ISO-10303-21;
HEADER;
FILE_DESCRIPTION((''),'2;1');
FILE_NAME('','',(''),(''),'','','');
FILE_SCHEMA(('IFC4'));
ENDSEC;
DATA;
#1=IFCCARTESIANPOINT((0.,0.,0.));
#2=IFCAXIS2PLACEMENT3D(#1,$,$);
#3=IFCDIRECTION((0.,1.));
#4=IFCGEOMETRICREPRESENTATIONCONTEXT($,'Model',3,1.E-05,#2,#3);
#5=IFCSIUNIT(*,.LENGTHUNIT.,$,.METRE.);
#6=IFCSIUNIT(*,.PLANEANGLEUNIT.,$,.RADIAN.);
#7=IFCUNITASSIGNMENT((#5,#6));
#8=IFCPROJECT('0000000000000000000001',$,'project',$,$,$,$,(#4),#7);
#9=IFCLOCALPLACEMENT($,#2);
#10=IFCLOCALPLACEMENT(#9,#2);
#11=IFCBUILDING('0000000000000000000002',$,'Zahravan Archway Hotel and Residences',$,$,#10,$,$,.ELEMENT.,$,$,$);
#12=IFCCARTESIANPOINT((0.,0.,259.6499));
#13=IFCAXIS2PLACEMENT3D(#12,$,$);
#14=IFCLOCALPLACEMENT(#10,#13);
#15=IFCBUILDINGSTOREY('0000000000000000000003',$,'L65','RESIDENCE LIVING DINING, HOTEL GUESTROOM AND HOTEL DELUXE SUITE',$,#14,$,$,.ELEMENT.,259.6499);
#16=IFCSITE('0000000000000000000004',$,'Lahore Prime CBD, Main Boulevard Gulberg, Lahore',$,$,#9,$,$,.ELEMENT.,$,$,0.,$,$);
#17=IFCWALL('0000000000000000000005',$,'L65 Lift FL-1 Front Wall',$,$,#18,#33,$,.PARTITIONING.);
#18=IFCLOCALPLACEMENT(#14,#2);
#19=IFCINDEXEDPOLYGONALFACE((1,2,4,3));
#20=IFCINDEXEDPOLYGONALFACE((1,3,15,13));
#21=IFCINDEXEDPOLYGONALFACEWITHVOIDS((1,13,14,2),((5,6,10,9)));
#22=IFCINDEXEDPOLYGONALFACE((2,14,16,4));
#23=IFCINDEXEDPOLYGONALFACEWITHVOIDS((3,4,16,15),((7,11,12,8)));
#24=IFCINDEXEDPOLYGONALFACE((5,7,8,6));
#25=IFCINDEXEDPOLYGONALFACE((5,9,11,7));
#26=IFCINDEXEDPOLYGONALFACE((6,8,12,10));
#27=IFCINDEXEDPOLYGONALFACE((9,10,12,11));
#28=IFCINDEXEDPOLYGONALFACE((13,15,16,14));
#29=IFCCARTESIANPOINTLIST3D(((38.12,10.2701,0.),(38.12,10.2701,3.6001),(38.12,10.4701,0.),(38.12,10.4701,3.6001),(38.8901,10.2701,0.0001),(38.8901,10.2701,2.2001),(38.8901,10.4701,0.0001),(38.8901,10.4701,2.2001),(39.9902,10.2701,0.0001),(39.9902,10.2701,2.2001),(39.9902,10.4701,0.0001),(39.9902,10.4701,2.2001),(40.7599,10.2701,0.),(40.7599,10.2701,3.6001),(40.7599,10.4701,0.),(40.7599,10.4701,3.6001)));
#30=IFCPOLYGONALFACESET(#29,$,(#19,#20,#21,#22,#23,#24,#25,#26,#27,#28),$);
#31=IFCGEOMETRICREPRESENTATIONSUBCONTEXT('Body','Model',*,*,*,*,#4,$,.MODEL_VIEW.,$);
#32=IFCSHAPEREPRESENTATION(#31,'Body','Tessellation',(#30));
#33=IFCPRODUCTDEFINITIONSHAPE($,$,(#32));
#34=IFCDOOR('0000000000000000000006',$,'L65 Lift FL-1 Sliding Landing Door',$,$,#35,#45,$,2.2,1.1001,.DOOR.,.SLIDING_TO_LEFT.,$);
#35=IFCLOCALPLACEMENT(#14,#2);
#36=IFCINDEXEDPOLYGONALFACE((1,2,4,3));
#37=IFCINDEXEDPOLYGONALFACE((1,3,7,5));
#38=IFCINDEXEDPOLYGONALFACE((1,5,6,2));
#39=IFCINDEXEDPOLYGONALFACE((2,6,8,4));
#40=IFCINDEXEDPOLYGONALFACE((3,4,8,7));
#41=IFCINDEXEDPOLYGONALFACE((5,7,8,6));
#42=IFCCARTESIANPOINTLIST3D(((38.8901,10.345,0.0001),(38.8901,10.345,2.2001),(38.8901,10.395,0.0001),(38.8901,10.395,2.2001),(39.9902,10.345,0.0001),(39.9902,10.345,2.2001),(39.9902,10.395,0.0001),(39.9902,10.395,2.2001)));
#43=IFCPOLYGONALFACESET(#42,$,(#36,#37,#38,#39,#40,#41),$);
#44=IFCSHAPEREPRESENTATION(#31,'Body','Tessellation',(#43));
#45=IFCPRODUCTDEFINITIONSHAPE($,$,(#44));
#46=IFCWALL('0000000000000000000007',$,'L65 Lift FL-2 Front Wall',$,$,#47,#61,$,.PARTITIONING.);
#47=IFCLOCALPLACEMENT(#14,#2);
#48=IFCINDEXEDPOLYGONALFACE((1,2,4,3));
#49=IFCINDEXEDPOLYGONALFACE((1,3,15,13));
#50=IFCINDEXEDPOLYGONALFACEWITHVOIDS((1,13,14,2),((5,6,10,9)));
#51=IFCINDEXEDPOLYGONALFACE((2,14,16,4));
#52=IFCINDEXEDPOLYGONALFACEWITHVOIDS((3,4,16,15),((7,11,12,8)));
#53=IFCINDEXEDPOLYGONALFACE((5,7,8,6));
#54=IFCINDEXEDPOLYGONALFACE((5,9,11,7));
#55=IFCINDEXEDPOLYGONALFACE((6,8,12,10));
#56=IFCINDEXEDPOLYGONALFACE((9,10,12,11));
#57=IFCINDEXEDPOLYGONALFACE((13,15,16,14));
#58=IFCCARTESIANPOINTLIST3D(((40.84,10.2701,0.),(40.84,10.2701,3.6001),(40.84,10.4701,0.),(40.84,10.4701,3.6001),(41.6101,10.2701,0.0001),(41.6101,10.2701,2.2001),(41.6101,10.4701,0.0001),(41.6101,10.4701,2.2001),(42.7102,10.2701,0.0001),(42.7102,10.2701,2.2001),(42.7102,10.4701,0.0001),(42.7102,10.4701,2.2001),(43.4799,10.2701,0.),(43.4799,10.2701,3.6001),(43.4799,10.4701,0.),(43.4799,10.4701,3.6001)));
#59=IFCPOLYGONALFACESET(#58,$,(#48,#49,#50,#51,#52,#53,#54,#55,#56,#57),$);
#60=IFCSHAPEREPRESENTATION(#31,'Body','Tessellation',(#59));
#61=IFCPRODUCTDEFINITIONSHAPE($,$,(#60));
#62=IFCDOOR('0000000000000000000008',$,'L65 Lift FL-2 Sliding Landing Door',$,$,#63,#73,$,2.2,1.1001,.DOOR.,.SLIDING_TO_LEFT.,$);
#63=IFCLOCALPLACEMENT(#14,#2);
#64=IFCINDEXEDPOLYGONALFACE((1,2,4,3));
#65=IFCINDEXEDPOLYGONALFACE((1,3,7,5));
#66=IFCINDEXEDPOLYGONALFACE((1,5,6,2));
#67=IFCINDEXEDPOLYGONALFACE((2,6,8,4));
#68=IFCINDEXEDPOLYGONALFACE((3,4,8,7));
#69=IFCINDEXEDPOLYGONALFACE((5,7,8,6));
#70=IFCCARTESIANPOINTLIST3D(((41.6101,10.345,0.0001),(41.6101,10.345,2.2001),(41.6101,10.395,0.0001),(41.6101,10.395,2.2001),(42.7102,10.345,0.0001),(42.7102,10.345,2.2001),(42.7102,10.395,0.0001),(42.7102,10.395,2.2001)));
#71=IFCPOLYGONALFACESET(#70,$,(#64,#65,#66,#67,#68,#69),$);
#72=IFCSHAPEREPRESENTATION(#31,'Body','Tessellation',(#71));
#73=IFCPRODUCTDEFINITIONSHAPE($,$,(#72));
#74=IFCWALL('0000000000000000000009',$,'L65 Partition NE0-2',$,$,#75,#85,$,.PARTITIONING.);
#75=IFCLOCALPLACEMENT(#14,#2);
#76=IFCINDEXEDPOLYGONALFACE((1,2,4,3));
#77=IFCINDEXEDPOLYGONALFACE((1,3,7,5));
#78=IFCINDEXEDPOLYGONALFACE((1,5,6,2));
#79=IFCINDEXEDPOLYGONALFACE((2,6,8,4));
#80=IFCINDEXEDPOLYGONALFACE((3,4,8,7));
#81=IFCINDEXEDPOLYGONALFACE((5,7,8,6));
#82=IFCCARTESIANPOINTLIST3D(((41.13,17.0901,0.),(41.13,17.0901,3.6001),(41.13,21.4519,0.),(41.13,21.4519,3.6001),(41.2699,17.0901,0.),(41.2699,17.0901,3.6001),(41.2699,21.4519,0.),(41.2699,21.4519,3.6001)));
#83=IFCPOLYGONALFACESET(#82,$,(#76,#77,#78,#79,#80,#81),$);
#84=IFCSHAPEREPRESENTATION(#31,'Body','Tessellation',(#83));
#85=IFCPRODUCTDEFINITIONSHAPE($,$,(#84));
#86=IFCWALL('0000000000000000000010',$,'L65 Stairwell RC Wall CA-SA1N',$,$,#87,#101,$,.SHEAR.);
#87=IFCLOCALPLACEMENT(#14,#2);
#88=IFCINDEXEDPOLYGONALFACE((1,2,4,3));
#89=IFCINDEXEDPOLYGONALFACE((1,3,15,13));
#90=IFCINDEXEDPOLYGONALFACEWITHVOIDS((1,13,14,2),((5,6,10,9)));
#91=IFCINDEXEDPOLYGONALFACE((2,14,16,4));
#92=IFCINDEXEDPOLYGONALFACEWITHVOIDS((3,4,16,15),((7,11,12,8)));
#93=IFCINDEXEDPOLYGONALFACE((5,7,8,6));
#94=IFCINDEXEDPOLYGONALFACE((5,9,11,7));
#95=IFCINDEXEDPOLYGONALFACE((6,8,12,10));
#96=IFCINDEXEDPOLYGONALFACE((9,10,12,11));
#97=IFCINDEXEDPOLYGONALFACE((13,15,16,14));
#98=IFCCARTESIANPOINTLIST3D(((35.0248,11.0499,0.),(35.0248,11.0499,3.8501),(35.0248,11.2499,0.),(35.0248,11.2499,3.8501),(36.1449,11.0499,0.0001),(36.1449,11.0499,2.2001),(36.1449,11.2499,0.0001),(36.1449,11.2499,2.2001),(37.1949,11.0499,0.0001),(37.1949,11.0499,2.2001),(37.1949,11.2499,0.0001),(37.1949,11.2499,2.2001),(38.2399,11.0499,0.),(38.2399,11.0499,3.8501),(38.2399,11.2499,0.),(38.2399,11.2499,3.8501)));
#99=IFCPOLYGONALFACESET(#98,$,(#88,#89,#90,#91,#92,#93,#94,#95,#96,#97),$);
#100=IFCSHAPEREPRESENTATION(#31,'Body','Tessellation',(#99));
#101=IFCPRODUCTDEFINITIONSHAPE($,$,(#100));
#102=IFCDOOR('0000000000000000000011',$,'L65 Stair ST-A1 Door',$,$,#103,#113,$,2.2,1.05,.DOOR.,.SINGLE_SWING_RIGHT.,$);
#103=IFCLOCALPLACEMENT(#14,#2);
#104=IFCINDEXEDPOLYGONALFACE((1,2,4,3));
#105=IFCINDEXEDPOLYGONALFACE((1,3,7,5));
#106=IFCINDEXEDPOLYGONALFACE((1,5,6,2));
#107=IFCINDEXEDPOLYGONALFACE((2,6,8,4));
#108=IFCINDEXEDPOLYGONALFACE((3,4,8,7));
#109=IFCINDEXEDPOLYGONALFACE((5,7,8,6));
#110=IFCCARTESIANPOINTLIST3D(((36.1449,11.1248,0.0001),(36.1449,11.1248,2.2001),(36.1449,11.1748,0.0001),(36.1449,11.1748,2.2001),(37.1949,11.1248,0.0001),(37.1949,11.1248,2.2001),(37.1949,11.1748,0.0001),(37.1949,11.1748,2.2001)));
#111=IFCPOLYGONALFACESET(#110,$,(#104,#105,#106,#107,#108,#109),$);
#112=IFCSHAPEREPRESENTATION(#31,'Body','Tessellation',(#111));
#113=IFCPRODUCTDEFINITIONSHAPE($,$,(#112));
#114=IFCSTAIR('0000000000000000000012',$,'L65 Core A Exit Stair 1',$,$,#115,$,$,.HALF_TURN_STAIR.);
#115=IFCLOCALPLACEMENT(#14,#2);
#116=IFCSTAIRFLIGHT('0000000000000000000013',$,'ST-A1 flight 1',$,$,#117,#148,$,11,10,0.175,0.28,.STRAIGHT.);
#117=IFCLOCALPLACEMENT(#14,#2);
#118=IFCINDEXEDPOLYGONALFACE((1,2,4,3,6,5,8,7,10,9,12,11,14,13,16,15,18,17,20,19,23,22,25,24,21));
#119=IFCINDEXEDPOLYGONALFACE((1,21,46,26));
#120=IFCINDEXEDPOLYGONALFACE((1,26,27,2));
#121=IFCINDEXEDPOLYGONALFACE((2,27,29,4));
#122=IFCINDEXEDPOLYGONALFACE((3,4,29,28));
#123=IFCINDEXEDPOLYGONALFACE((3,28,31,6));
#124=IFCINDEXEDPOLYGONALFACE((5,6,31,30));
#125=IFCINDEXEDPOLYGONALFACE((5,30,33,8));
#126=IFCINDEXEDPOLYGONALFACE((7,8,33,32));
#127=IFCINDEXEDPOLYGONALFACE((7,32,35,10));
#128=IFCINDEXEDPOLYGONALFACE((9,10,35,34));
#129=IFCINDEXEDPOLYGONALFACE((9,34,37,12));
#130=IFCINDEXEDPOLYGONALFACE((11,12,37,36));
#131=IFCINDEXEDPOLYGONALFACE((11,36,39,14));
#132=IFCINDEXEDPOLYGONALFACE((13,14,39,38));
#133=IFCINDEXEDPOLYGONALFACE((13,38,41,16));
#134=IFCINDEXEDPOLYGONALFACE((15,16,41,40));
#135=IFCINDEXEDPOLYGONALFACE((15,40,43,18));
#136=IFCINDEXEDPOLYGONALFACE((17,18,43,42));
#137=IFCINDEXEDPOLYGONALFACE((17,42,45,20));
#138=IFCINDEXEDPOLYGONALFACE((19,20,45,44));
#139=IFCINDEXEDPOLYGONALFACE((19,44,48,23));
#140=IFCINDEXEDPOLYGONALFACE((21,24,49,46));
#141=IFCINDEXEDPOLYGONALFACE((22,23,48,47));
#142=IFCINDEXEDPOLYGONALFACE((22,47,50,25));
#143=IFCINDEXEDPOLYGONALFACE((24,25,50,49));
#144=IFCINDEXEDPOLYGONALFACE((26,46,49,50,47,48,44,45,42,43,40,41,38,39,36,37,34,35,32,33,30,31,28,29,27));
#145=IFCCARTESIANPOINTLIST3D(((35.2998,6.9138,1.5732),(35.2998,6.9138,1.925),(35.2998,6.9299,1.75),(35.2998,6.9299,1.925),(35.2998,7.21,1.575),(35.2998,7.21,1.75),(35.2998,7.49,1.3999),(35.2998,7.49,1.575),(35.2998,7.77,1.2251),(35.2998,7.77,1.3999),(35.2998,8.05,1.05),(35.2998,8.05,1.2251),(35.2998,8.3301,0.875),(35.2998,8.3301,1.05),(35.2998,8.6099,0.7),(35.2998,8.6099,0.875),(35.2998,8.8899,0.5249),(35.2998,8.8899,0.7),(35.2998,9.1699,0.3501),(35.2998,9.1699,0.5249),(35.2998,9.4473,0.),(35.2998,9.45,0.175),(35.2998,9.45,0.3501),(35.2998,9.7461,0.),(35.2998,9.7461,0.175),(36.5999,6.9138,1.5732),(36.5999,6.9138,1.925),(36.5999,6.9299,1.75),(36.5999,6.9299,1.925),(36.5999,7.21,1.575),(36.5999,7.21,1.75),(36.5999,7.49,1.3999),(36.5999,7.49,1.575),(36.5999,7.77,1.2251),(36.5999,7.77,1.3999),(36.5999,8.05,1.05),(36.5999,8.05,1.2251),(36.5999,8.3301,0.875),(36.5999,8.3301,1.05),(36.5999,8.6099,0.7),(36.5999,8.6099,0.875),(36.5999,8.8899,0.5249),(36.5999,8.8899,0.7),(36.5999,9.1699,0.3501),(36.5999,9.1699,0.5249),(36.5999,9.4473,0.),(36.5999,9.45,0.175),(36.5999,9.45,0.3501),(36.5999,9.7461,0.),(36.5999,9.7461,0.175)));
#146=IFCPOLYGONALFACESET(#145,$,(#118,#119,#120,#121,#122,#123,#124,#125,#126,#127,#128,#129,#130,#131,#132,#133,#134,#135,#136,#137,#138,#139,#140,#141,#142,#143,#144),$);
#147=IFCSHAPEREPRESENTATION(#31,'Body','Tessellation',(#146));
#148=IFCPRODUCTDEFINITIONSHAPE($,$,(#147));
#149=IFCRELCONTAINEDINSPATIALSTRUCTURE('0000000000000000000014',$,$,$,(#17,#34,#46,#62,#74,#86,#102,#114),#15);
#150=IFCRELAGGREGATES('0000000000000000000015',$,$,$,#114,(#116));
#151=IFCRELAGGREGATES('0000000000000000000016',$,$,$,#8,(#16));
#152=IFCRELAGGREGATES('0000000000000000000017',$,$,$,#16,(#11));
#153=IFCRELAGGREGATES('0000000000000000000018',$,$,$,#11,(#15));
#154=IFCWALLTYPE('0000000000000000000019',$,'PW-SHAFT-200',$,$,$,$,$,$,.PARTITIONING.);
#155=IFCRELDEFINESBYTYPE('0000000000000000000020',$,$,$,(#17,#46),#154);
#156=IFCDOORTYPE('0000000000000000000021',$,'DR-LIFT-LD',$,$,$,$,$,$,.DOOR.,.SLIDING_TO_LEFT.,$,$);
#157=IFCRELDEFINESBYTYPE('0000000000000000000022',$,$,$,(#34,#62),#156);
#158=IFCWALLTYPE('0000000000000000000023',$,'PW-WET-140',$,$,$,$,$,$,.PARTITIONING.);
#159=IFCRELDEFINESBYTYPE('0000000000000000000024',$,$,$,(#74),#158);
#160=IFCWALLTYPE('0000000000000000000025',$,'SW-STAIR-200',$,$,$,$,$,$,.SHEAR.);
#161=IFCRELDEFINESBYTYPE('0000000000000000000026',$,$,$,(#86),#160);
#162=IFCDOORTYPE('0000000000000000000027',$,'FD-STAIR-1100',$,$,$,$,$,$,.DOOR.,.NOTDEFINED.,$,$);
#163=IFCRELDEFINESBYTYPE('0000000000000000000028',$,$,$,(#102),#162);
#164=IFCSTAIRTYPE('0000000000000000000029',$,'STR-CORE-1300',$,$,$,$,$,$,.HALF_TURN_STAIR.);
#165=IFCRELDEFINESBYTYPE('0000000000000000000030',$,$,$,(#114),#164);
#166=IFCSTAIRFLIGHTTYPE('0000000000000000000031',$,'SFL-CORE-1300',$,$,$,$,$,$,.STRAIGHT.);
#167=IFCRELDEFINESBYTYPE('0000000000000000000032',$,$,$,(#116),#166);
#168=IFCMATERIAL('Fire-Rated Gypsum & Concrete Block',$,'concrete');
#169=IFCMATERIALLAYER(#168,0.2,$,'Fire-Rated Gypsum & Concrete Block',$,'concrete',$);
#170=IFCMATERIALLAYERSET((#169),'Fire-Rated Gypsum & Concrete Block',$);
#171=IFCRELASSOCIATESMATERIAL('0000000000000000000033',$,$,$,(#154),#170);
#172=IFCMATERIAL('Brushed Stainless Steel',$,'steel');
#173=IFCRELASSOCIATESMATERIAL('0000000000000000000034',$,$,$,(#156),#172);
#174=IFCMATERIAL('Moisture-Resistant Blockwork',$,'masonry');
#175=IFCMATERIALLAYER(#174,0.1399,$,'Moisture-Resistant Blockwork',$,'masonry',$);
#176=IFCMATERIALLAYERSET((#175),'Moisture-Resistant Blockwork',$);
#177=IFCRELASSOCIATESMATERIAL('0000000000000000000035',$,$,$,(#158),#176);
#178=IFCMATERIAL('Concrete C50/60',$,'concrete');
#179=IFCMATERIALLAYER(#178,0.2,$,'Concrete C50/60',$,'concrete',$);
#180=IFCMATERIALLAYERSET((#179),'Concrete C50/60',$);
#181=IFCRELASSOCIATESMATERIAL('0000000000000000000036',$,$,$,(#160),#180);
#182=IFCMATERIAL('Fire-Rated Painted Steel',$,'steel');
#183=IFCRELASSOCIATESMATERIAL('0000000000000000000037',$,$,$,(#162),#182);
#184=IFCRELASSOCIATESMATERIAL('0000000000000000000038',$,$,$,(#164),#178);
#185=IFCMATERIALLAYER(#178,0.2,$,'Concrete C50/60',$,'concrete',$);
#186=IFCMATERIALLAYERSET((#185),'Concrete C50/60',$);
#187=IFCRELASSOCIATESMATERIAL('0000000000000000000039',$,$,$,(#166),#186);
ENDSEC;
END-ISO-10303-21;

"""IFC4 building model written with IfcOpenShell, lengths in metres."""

from ifc_helpers import new_model, si_unit, direction, frame, frame_2d, origin, place, context, subcontext, project, spatial, polyline, rectangle, outline, extrude, source, transform, mapped, material, layer, layer_set, type_object, type_shapes, element, fill, aggregate, save


model = new_model("IFC4")

# Units and contexts
model_context = context("Model", 3, precision=1e-05, world=origin(), true_north=direction((0.0, 1.0)))
body_context = subcontext(model_context, "Body", "Model", "MODEL_VIEW")
ifc_project = project(units=[si_unit("LENGTHUNIT", "METRE"), si_unit("PLANEANGLEUNIT", "RADIAN")], contexts=[model_context])

# Site, building, storey
site_placement = place(None, origin())
site = spatial("IfcSite", under=ifc_project, at=site_placement, Name="Lahore Prime CBD, Main Boulevard Gulberg, Lahore", CompositionType="ELEMENT", RefElevation=0.0)
building_placement = place(site_placement, origin())
building = spatial("IfcBuilding", under=site, at=building_placement, Name="Zahravan Archway Hotel and Residences", CompositionType="ELEMENT")
storey_placement = place(building_placement, frame((0.0, 0.0, 259.6499)))
storey = spatial("IfcBuildingStorey", under=building, at=storey_placement, Name="L65", Description="RESIDENCE LIVING DINING, HOTEL GUESTROOM AND HOTEL DELUXE SUITE", CompositionType="ELEMENT", Elevation=259.6499)

# Shared definitions
ifc_material_1 = material(Name="Concrete C50/60", Category="concrete")

# Shared definitions
ifc_material_2 = material(Name="Fire-Rated Painted Steel", Category="steel")

# Shared definitions
ifc_material_3 = material(Name="Fire-Rated Gypsum & Concrete Block", Category="concrete")

# Shared definitions
ifc_layer_1 = layer(ifc_material_3, 0.2, Name="Fire-Rated Gypsum & Concrete Block", Category="concrete")
ifc_layer_set_1 = layer_set([ifc_layer_1], Name="Fire-Rated Gypsum & Concrete Block")
wall_type_1 = type_object("IfcWallType", Name="PW-SHAFT-200", PredefinedType="PARTITIONING", material=ifc_layer_set_1)

# Walls, openings, doors
wall_1_placement = place(storey_placement, frame((38.1201, 10.3701, 0.0), z_axis=(0.0, 0.0, 1.0), x_axis=(1.0, 0.0, 0.0)))
wall_1 = element("IfcWall", 1, at=wall_1_placement, inside=storey, type_object=wall_type_1, Name="L65 Lift FL-1 Front Wall", PredefinedType="PARTITIONING", context=body_context, shape_type="SweptSolid", body=[
    extrude(rectangle(XDim=2.6399, YDim=0.2, at=frame_2d((1.3198, 0.0))), origin(), (0.0, 0.0, 1.0), 3.6001),
])
opening_1_placement = place(wall_1_placement, frame((0.77, 0.0, 0.0)))
opening_1 = element("IfcOpeningElement", 2, at=opening_1_placement, cuts=wall_1, PredefinedType="OPENING", context=body_context, shape_type="SweptSolid", body=[
    extrude(rectangle(XDim=1.1001, YDim=2.2, at=frame_2d((0.55, 1.1001))), frame((0.0, 0.1099, 0.0), z_axis=(0.0, -1.0, 0.0), x_axis=(1.0, 0.0, 0.0)), (0.0, 0.0, 1.0), 0.22),
])
ifc_material_4 = material(Name="Brushed Stainless Steel", Category="steel")
door_type_1 = type_object("IfcDoorType", Name="DR-LIFT-LD", OperationType="SLIDING_TO_LEFT", PredefinedType="DOOR", material=ifc_material_4)
shared_shape_1 = source(origin(), body_context, "Body", "SweptSolid", [
    extrude(rectangle(XDim=1.1001, YDim=2.2, at=frame_2d((0.55, 1.1001))), frame((0.0, 0.0249, 0.0), z_axis=(0.0, -1.0, 0.0), x_axis=(1.0, 0.0, 0.0)), (0.0, 0.0, 1.0), 0.05),
])
type_shapes(door_type_1, [shared_shape_1])
door_1_placement = place(opening_1_placement, origin())
door_1 = element("IfcDoor", 3, at=door_1_placement, inside=storey, type_object=door_type_1, Name="L65 Lift FL-1 Sliding Landing Door", OperationType="SLIDING_TO_LEFT", OverallHeight=2.2, OverallWidth=1.1001, PredefinedType="DOOR", context=body_context, shape_type="MappedRepresentation", body=[
    mapped(shared_shape_1, transform((0.0, 0.0, 0.0), scale=1.0)),
])
fill(opening_1, door_1)
wall_2_placement = place(storey_placement, frame((40.8401, 10.3701, 0.0), z_axis=(0.0, 0.0, 1.0), x_axis=(1.0, 0.0, 0.0)))
wall_2 = element("IfcWall", 4, at=wall_2_placement, inside=storey, type_object=wall_type_1, Name="L65 Lift FL-2 Front Wall", PredefinedType="PARTITIONING", context=body_context, shape_type="SweptSolid", body=[
    extrude(rectangle(XDim=2.6399, YDim=0.2, at=frame_2d((1.3198, 0.0))), origin(), (0.0, 0.0, 1.0), 3.6001),
])
opening_2_placement = place(wall_2_placement, frame((0.77, 0.0, 0.0)))
opening_2 = element("IfcOpeningElement", 5, at=opening_2_placement, cuts=wall_2, PredefinedType="OPENING", context=body_context, shape_type="SweptSolid", body=[
    extrude(rectangle(XDim=1.1001, YDim=2.2, at=frame_2d((0.55, 1.1001))), frame((0.0, 0.1099, 0.0), z_axis=(0.0, -1.0, 0.0), x_axis=(1.0, 0.0, 0.0)), (0.0, 0.0, 1.0), 0.22),
])
door_2_placement = place(opening_2_placement, origin())
door_2 = element("IfcDoor", 6, at=door_2_placement, inside=storey, type_object=door_type_1, Name="L65 Lift FL-2 Sliding Landing Door", OperationType="SLIDING_TO_LEFT", OverallHeight=2.2, OverallWidth=1.1001, PredefinedType="DOOR", context=body_context, shape_type="MappedRepresentation", body=[
    mapped(shared_shape_1, transform((0.0, 0.0, 0.0), scale=1.0)),
])
fill(opening_2, door_2)

# Wall
ifc_material_5 = material(Name="Moisture-Resistant Blockwork", Category="masonry")
ifc_layer_2 = layer(ifc_material_5, 0.1399, Name="Moisture-Resistant Blockwork", Category="masonry")
ifc_layer_set_2 = layer_set([ifc_layer_2], Name="Moisture-Resistant Blockwork")
wall_type_2 = type_object("IfcWallType", Name="PW-WET-140", PredefinedType="PARTITIONING", material=ifc_layer_set_2)
wall_3_placement = place(storey_placement, frame((41.2, 17.0901, 0.0), z_axis=(0.0, 0.0, 1.0), x_axis=(0.0, 1.0, 0.0)))
element("IfcWall", 7, at=wall_3_placement, inside=storey, type_object=wall_type_2, Name="L65 Partition NE0-2", PredefinedType="PARTITIONING", context=body_context, shape_type="SweptSolid", body=[
    extrude(rectangle(XDim=4.3618, YDim=0.1399, at=frame_2d((2.1809, 0.0))), origin(), (0.0, 0.0, 1.0), 3.6001),
])

# Wall, opening, door
ifc_layer_3 = layer(ifc_material_1, 0.2, Name="Concrete C50/60", Category="concrete")
ifc_layer_set_3 = layer_set([ifc_layer_3], Name="Concrete C50/60")
wall_type_3 = type_object("IfcWallType", Name="SW-STAIR-200", PredefinedType="SHEAR", material=ifc_layer_set_3)
wall_4_placement = place(storey_placement, frame((35.0249, 11.1499, 0.0), z_axis=(0.0, 0.0, 1.0), x_axis=(1.0, 0.0, 0.0)))
wall_4 = element("IfcWall", 8, at=wall_4_placement, inside=storey, type_object=wall_type_3, Name="L65 Stairwell RC Wall CA-SA1N", PredefinedType="SHEAR", context=body_context, shape_type="SweptSolid", body=[
    extrude(rectangle(XDim=3.2151, YDim=0.2, at=frame_2d((1.6074, 0.0))), origin(), (0.0, 0.0, 1.0), 3.8501),
])
opening_3_placement = place(wall_4_placement, frame((1.1201, 0.0, 0.0)))
opening_3 = element("IfcOpeningElement", 9, at=opening_3_placement, cuts=wall_4, PredefinedType="OPENING", context=body_context, shape_type="SweptSolid", body=[
    extrude(rectangle(XDim=1.05, YDim=2.2, at=frame_2d((0.5249, 1.1001))), frame((0.0, 0.1099, 0.0), z_axis=(0.0, -1.0, 0.0), x_axis=(1.0, 0.0, 0.0)), (0.0, 0.0, 1.0), 0.22),
])
door_type_2 = type_object("IfcDoorType", Name="FD-STAIR-1100", OperationType="NOTDEFINED", PredefinedType="DOOR", material=ifc_material_2)
shared_shape_2 = source(origin(), body_context, "Body", "SweptSolid", [
    extrude(rectangle(XDim=1.05, YDim=2.2, at=frame_2d((0.5249, 1.1001))), frame((0.0, 0.0249, 0.0), z_axis=(0.0, -1.0, 0.0), x_axis=(1.0, 0.0, 0.0)), (0.0, 0.0, 1.0), 0.05),
])
type_shapes(door_type_2, [shared_shape_2])
door_3_placement = place(opening_3_placement, origin())
door_3 = element("IfcDoor", 10, at=door_3_placement, inside=storey, type_object=door_type_2, Name="L65 Stair ST-A1 Door", OperationType="SINGLE_SWING_RIGHT", OverallHeight=2.2, OverallWidth=1.05, PredefinedType="DOOR", context=body_context, shape_type="MappedRepresentation", body=[
    mapped(shared_shape_2, transform((0.0, 0.0, 0.0), scale=1.0)),
])
fill(opening_3, door_3)

# Stair, stair flight
stair_type = type_object("IfcStairType", Name="STR-CORE-1300", PredefinedType="HALF_TURN_STAIR", material=ifc_material_1)
stair_placement = place(storey_placement, origin())
stair = element("IfcStair", 11, at=stair_placement, inside=storey, type_object=stair_type, Name="L65 Core A Exit Stair 1", PredefinedType="HALF_TURN_STAIR")
ifc_layer_4 = layer(ifc_material_1, 0.2, Name="Concrete C50/60", Category="concrete")
ifc_layer_set_4 = layer_set([ifc_layer_4], Name="Concrete C50/60")
stair_flight_type = type_object("IfcStairFlightType", Name="SFL-CORE-1300", PredefinedType="STRAIGHT", material=ifc_layer_set_4)
shared_shape_3 = source(origin(), body_context, "Body", "SweptSolid", [
    extrude(outline(polyline([(-0.0161, 0.0), (-0.0161, 0.175), (0.28, 0.175), (0.28, 0.3501), (0.5601, 0.3501), (0.5601, 0.5249), (0.8401, 0.5249), (0.8401, 0.7), (1.1201, 0.7), (1.1201, 0.875), (1.3999, 0.875), (1.3999, 1.05), (1.6799, 1.05), (1.6799, 1.2251), (1.96, 1.2251), (1.96, 1.3999), (2.24, 1.3999), (2.24, 1.575), (2.52, 1.575), (2.52, 1.75), (2.8, 1.75), (2.8, 1.925), (2.8162, 1.925), (2.8162, 1.5732), (0.2827, 0.0), (-0.0161, 0.0)])), frame((0.0, 0.6499, 0.0), z_axis=(0.0, -1.0, 0.0), x_axis=(1.0, 0.0, 0.0)), (0.0, 0.0, 1.0), 1.3),
])
stair_flight_placement = place(storey_placement, frame((35.95, 9.73, 0.0), z_axis=(0.0, 0.0, 1.0), x_axis=(0.0, -1.0, 0.0)))
stair_flight = element("IfcStairFlight", 12, at=stair_flight_placement, type_object=stair_flight_type, Name="ST-A1 flight 1", NumberOfRisers=11, NumberOfTreads=10, PredefinedType="STRAIGHT", RiserHeight=0.175, TreadLength=0.28, context=body_context, shape_type="MappedRepresentation", body=[
    mapped(shared_shape_3, transform((0.0, 0.0, 0.0), scale=1.0)),
])
aggregate(stair, [stair_flight])

save(model, "model.ifc")
